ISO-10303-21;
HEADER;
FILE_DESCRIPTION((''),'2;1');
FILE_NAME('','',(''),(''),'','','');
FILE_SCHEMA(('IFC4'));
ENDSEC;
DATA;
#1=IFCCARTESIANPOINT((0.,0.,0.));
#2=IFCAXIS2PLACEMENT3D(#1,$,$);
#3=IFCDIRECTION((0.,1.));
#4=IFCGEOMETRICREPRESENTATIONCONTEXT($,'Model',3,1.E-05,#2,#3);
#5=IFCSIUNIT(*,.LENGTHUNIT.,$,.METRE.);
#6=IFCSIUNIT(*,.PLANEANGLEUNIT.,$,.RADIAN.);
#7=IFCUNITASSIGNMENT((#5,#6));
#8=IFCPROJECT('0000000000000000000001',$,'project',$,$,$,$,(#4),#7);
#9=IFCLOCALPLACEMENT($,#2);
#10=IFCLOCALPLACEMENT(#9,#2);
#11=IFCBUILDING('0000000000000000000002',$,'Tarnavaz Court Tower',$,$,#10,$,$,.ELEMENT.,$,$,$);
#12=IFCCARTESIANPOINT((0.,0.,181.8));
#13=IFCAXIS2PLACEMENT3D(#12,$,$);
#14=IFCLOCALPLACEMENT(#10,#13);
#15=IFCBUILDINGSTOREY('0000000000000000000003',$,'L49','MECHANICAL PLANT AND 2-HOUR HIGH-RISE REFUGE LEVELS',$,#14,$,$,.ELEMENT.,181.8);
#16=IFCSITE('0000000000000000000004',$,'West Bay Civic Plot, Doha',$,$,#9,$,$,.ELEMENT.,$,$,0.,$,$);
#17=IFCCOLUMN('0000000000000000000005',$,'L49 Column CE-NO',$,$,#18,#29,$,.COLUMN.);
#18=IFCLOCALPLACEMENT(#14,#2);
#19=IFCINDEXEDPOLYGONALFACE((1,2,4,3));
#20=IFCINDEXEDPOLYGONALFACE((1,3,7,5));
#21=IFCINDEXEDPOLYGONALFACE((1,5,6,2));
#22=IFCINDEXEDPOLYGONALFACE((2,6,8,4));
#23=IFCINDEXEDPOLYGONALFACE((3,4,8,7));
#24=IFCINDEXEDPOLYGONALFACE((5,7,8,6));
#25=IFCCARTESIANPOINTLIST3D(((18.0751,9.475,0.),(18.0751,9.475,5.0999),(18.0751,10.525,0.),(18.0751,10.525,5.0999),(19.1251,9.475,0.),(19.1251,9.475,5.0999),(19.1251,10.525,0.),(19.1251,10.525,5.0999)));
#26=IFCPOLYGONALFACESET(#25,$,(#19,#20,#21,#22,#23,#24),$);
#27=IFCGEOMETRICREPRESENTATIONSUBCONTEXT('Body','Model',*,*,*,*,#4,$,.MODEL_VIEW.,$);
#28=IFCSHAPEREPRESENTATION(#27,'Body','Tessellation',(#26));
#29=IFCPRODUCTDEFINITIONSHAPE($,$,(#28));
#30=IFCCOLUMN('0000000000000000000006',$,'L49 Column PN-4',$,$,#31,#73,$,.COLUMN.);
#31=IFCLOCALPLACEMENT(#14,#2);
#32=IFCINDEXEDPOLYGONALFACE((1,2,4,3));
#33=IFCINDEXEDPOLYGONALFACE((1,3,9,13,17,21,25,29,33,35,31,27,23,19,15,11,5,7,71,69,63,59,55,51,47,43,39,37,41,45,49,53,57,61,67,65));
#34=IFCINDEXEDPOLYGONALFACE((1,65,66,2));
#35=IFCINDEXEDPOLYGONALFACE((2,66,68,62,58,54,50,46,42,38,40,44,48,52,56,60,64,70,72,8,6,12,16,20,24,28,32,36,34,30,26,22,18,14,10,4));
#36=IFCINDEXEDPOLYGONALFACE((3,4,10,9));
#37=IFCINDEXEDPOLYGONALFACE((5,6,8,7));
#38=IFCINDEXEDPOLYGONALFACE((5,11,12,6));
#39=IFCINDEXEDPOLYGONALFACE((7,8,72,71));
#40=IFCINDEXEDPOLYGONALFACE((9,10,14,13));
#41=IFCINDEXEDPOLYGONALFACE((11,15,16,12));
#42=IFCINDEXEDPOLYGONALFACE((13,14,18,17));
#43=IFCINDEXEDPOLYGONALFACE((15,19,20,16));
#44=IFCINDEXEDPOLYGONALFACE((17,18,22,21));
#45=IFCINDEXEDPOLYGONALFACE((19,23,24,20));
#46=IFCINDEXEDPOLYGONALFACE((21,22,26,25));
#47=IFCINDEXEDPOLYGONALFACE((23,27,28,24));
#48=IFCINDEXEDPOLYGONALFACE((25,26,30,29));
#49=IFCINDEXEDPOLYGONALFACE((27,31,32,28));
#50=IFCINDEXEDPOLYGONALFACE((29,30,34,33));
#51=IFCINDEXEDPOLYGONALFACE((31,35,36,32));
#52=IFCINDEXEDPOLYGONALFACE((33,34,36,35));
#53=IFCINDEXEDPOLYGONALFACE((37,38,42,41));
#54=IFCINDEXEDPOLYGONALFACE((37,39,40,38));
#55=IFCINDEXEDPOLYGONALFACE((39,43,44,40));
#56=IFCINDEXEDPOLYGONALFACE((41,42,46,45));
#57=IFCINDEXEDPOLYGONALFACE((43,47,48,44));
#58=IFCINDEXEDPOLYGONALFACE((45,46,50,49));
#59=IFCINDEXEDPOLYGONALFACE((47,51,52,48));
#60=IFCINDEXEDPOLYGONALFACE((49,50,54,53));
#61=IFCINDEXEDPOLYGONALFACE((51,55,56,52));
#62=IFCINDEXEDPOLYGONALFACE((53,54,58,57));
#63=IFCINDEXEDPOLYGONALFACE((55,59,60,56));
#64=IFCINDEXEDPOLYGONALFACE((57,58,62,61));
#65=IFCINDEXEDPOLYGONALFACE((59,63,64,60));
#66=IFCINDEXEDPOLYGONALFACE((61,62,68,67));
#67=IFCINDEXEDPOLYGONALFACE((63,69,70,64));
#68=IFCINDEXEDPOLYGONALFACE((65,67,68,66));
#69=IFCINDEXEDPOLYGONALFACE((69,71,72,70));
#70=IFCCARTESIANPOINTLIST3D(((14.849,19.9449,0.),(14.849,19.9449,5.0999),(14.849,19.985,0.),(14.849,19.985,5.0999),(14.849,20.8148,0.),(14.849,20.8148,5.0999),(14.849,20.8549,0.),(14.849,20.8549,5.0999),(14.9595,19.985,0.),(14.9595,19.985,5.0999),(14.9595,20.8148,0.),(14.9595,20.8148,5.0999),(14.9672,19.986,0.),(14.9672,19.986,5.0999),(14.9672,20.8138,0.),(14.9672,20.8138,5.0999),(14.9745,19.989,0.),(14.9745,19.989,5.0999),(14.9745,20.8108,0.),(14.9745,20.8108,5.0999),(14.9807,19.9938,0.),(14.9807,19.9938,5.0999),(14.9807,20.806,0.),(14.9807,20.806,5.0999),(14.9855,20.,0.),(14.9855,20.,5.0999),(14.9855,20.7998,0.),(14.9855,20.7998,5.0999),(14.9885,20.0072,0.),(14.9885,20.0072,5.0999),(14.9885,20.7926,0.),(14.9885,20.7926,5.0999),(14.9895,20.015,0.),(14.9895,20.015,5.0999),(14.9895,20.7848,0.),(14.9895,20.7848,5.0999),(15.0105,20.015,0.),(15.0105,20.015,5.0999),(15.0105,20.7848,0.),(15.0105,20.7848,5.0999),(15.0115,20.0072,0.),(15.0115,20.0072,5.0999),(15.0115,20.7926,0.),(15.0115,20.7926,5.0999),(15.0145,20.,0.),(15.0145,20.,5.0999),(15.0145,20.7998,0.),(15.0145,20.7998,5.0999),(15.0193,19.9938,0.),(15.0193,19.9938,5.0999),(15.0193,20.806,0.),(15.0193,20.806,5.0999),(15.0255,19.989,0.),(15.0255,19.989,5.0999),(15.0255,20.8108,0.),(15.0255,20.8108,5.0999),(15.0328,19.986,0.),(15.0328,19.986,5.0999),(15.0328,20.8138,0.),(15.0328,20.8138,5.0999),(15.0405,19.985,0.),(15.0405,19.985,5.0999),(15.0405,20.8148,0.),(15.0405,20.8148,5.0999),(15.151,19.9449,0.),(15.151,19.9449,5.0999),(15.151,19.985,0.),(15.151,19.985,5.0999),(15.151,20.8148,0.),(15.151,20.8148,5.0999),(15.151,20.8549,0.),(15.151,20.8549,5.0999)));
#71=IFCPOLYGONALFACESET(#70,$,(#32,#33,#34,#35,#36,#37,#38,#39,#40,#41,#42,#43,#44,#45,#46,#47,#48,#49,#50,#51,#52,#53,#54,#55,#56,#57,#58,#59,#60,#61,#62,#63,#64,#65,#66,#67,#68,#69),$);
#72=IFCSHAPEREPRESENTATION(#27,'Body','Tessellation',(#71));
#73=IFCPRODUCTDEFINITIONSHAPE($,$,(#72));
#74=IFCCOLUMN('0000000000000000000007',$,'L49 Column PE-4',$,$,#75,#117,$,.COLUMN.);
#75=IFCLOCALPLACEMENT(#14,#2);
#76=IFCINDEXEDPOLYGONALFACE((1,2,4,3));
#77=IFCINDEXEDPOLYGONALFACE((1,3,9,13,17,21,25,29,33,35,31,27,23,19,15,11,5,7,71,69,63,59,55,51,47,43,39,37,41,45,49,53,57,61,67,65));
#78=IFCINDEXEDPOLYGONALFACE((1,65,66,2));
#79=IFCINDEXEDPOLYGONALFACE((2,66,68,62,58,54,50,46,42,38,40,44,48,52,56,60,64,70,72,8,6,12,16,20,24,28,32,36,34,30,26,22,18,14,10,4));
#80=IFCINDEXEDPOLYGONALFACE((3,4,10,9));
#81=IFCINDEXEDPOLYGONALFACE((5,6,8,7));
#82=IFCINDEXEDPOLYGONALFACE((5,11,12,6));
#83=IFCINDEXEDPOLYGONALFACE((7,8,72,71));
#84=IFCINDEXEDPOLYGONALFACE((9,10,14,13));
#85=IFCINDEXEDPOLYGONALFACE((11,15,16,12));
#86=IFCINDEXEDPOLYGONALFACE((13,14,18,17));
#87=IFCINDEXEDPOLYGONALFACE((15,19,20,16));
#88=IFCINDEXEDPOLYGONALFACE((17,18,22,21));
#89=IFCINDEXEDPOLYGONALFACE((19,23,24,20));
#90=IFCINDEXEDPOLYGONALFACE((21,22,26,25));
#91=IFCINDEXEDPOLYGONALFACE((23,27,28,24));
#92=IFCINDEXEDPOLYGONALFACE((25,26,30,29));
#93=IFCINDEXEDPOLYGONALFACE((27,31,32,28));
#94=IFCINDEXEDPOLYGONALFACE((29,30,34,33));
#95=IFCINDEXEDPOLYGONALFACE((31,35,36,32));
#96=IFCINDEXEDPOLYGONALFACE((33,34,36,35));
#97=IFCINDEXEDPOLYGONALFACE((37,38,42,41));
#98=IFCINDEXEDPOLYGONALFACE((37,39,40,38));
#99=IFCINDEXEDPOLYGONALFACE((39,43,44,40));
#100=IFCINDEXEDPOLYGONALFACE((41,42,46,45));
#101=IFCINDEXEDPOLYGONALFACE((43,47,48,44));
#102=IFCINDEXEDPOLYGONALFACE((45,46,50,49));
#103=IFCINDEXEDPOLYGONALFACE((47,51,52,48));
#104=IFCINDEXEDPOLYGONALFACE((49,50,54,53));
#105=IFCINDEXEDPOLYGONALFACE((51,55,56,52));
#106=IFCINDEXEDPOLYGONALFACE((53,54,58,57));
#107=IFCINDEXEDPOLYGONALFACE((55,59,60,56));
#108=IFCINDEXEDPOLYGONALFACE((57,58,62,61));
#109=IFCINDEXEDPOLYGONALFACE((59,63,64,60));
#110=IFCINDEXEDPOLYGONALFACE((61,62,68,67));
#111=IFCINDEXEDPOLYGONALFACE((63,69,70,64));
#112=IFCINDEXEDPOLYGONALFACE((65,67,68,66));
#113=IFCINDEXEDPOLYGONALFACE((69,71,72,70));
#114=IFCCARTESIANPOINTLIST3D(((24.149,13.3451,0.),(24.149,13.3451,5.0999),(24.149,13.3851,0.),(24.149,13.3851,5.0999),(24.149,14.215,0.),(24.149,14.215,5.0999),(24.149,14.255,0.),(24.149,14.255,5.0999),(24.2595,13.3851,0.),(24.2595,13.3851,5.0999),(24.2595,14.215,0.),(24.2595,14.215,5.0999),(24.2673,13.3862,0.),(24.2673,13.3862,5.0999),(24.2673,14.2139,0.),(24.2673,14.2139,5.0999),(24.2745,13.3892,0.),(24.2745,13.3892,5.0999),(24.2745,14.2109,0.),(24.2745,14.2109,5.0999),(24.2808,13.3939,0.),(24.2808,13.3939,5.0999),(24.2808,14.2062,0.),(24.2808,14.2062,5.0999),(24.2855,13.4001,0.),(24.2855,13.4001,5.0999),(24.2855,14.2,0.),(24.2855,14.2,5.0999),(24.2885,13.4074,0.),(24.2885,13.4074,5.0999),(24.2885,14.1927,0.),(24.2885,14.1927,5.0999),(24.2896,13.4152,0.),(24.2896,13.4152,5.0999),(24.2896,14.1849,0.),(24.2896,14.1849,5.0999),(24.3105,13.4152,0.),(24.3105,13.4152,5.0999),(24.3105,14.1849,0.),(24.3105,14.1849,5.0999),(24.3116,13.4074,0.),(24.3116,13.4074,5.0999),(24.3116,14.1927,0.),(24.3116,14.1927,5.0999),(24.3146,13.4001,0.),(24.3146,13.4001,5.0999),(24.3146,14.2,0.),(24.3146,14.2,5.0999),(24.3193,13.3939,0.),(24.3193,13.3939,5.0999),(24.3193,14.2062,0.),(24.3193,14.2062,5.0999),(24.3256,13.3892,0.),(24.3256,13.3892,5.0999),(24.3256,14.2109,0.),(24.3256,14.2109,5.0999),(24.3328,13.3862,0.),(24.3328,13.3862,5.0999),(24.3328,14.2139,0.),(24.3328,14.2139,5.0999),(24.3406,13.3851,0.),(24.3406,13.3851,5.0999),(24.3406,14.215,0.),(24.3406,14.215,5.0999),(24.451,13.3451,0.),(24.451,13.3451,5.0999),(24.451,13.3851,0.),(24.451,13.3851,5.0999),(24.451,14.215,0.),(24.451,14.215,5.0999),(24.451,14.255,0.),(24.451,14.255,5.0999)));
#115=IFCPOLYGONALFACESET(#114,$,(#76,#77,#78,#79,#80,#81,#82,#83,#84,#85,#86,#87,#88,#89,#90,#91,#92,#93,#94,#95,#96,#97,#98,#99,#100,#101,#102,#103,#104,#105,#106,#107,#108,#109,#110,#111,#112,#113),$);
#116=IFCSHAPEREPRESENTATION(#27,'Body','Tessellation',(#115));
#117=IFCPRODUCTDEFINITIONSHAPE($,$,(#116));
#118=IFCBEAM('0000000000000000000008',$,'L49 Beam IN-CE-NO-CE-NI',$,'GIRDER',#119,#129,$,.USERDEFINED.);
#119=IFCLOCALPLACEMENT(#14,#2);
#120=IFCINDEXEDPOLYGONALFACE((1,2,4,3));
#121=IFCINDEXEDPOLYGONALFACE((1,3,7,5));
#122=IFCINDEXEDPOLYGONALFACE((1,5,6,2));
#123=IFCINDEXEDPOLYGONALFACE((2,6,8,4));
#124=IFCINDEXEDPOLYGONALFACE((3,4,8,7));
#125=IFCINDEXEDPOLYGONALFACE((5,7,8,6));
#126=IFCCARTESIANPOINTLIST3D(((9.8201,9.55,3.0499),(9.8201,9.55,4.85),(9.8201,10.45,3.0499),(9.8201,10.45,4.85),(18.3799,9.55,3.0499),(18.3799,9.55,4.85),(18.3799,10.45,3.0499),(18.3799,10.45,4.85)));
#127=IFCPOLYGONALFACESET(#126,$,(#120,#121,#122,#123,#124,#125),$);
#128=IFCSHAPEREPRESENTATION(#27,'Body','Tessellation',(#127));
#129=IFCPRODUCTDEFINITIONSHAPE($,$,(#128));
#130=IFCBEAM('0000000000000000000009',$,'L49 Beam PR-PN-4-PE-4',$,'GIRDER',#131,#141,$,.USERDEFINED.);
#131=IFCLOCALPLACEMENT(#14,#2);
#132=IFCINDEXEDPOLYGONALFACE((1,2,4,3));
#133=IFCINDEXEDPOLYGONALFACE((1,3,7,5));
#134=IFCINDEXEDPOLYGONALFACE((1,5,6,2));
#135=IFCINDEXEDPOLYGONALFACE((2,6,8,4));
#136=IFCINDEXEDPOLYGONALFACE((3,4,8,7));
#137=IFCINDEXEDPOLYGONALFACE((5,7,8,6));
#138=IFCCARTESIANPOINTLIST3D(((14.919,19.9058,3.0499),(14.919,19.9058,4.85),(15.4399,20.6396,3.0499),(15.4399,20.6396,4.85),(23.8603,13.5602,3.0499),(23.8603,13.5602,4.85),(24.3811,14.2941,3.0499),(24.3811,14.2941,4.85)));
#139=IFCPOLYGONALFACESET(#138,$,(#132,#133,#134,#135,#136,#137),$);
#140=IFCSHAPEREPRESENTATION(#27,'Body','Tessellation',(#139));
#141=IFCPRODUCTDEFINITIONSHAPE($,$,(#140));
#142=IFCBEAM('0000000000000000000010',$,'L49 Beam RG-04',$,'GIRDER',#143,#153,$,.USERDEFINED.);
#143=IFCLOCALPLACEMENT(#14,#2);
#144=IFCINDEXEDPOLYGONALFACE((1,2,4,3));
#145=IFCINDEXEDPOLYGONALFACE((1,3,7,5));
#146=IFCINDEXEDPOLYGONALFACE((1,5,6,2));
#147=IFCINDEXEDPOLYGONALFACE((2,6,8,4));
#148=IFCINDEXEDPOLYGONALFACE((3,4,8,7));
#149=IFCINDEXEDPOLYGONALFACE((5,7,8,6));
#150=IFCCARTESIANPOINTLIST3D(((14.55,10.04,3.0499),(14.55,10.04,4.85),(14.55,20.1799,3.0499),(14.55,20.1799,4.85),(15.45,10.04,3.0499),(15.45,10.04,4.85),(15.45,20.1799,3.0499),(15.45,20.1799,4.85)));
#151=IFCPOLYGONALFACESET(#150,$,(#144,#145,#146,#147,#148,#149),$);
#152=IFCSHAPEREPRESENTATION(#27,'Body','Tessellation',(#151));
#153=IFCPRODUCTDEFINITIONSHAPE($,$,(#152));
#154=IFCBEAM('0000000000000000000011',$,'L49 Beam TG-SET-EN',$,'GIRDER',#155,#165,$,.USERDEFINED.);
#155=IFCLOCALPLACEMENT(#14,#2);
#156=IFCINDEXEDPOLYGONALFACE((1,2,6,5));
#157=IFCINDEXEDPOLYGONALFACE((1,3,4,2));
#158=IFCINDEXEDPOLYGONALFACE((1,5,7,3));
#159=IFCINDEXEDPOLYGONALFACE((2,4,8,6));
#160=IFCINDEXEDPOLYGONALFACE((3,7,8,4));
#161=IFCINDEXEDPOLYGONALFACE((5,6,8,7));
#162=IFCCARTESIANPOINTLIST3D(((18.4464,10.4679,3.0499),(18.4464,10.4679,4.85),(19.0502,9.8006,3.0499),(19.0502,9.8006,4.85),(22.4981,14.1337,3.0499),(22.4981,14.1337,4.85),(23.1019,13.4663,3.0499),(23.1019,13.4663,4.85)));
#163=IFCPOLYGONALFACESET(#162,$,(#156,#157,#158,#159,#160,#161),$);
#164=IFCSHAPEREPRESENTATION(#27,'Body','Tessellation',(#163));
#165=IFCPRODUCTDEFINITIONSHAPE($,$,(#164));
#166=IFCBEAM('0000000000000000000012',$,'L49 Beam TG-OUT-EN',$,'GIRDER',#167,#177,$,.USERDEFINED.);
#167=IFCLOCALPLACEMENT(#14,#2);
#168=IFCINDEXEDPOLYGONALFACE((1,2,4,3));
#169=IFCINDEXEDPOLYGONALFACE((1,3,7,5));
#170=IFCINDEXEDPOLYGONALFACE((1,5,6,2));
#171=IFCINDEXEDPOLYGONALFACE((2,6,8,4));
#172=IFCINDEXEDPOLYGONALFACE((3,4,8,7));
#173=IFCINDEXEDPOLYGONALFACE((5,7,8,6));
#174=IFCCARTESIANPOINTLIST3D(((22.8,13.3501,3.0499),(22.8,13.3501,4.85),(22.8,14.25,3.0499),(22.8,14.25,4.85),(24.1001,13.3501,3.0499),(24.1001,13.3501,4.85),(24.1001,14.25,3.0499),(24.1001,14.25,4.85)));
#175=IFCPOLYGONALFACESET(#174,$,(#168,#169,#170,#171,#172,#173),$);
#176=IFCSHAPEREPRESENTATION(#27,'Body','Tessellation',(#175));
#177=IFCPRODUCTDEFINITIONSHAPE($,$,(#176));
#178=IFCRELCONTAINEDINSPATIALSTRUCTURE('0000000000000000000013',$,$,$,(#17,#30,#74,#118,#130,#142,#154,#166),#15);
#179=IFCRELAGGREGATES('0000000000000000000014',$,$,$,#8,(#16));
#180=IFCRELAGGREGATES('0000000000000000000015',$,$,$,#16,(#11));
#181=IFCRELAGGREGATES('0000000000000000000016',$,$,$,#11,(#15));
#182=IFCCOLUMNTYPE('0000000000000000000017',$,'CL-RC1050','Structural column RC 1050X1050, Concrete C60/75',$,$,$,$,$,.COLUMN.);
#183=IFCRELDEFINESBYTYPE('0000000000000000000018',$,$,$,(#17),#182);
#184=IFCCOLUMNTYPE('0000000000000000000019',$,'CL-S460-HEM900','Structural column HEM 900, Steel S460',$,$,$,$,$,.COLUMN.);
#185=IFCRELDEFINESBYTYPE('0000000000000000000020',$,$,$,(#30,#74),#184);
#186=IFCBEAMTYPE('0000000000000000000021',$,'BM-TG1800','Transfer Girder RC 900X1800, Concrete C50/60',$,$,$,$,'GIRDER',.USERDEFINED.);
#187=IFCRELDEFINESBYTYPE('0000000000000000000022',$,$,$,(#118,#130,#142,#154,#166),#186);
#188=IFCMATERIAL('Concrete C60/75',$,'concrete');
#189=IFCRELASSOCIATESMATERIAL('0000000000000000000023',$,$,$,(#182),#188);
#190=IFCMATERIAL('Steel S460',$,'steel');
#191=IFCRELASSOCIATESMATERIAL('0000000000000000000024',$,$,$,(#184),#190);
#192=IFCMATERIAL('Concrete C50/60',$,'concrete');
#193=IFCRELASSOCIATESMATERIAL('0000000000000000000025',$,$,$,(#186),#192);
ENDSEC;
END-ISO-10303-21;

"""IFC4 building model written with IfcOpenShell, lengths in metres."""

from ifc_helpers import new_model, si_unit, direction, frame, origin, origin_2d, place, context, subcontext, project, spatial, rectangle, i_section, extrude, material, material_profile, profile_set, type_object, element, save


model = new_model("IFC4")

# Units and contexts
model_context = context("Model", 3, precision=1e-05, world=origin(), true_north=direction((0.0, 1.0)))
body_context = subcontext(model_context, "Body", "Model", "MODEL_VIEW")
ifc_project = project(units=[si_unit("LENGTHUNIT", "METRE"), si_unit("PLANEANGLEUNIT", "RADIAN")], contexts=[model_context])

# Site, building, storey
site_placement = place(None, origin())
site = spatial("IfcSite", under=ifc_project, at=site_placement, Name="West Bay Civic Plot, Doha", CompositionType="ELEMENT", RefElevation=0.0)
building_placement = place(site_placement, origin())
building = spatial("IfcBuilding", under=site, at=building_placement, Name="Tarnavaz Court Tower", CompositionType="ELEMENT")
storey_placement = place(building_placement, frame((0.0, 0.0, 181.8)))
storey = spatial("IfcBuildingStorey", under=building, at=storey_placement, Name="L49", Description="MECHANICAL PLANT AND 2-HOUR HIGH-RISE REFUGE LEVELS", CompositionType="ELEMENT", Elevation=181.8)

# Columns
ifc_material_1 = material(Name="Concrete C60/75", Category="concrete")
ifc_material_profile_1 = material_profile(ifc_material_1, rectangle(XDim=1.05, YDim=1.05, at=origin_2d()), Name="RC 1050X1050")
ifc_profile_set_1 = profile_set([ifc_material_profile_1], Name="Concrete C60/75")
column_type_1 = type_object("IfcColumnType", Name="CL-RC1050", Description="Structural column RC 1050X1050, Concrete C60/75", PredefinedType="COLUMN", material=ifc_profile_set_1)
column_placement = place(storey_placement, frame((18.6001, 10.0, 0.0), z_axis=(0.0, 0.0, 1.0), x_axis=(1.0, 0.0, 0.0)))
element("IfcColumn", 1, at=column_placement, inside=storey, type_object=column_type_1, Name="L49 Column CE-NO", PredefinedType="COLUMN", context=body_context, shape_type="SweptSolid", body=[
    extrude(rectangle(XDim=1.05, YDim=1.05, at=origin_2d()), origin(), (0.0, 0.0, 1.0), 5.0999),
])
ifc_material_2 = material(Name="Steel S460", Category="steel")
ifc_material_profile_2 = material_profile(ifc_material_2, i_section(OverallWidth=0.302, OverallDepth=0.9099, WebThickness=0.021, FlangeThickness=0.04, FilletRadius=0.03, at=origin_2d()), Name="HEM 900")
ifc_profile_set_2 = profile_set([ifc_material_profile_2], Name="Steel S460")
column_type_2 = type_object("IfcColumnType", Name="CL-S460-HEM900", Description="Structural column HEM 900, Steel S460", PredefinedType="COLUMN", material=ifc_profile_set_2)
for number, where, z_axis, x_axis, name in (
    (2, (15.0, 20.3999, 0.0), (0.0, 0.0, 1.0), (1.0, 0.0, 0.0), "L49 Column PN-4"),
    (3, (24.3, 13.8, 0.0), (0.0, 0.0, 1.0), (1.0, 0.0, 0.0), "L49 Column PE-4"),
):
    element("IfcColumn", number, at=place(storey_placement, frame(where, z_axis=z_axis, x_axis=x_axis)), inside=storey, type_object=column_type_2, Name=name, PredefinedType="COLUMN", context=body_context, shape_type="SweptSolid", body=[
        extrude(i_section(OverallWidth=0.302, OverallDepth=0.9099, WebThickness=0.021, FlangeThickness=0.04, FilletRadius=0.03, at=origin_2d()), origin(), (0.0, 0.0, 1.0), 5.0999),
    ])

# Beams
ifc_material_3 = material(Name="Concrete C50/60", Category="concrete")
ifc_material_profile_3 = material_profile(ifc_material_3, rectangle(XDim=0.8999, YDim=1.8, at=origin_2d()), Name="RC 900X1800")
ifc_profile_set_3 = profile_set([ifc_material_profile_3], Name="Concrete C50/60")
beam_type = type_object("IfcBeamType", Name="BM-TG1800", Description="Transfer Girder RC 900X1800, Concrete C50/60", ElementType="GIRDER", PredefinedType="USERDEFINED", material=ifc_profile_set_3)
beam_1_placement = place(storey_placement, frame((18.3799, 10.0, 3.95), z_axis=(-1.0, 0.0, 0.0), x_axis=(0.0, -1.0, 0.0)))
element("IfcBeam", 4, at=beam_1_placement, inside=storey, type_object=beam_type, Name="L49 Beam IN-CE-NO-CE-NI", ObjectType="GIRDER", PredefinedType="USERDEFINED", context=body_context, shape_type="SweptSolid", body=[
    extrude(rectangle(XDim=0.8999, YDim=1.8, at=origin_2d()), origin(), (0.0, 0.0, 1.0), 8.5598),
])
beam_2_placement = place(storey_placement, frame((15.1794, 20.2727, 3.95), z_axis=(0.815502, -0.578754, 0.0), x_axis=(0.578754, 0.815502, 0.0)))
element("IfcBeam", 5, at=beam_2_placement, inside=storey, type_object=beam_type, Name="L49 Beam PR-PN-4-PE-4", ObjectType="GIRDER", PredefinedType="USERDEFINED", context=body_context, shape_type="SweptSolid", body=[
    extrude(rectangle(XDim=0.8999, YDim=1.8, at=origin_2d()), origin(), (0.0, 0.0, 1.0), 10.9641),
])
beam_3_placement = place(storey_placement, frame((15.0, 10.04, 3.95), z_axis=(0.0, 1.0, 0.0), x_axis=(-1.0, 0.0, 0.0)))
element("IfcBeam", 6, at=beam_3_placement, inside=storey, type_object=beam_type, Name="L49 Beam RG-04", ObjectType="GIRDER", PredefinedType="USERDEFINED", context=body_context, shape_type="SweptSolid", body=[
    extrude(rectangle(XDim=0.8999, YDim=1.8, at=origin_2d()), origin(), (0.0, 0.0, 1.0), 10.1399),
])
beam_4_placement = place(storey_placement, frame((18.7483, 10.1343, 3.95), z_axis=(0.741545, 0.670903, 0.0), x_axis=(-0.670903, 0.741545, 0.0)))
element("IfcBeam", 7, at=beam_4_placement, inside=storey, type_object=beam_type, Name="L49 Beam TG-SET-EN", ObjectType="GIRDER", PredefinedType="USERDEFINED", context=body_context, shape_type="SweptSolid", body=[
    extrude(rectangle(XDim=0.8999, YDim=1.8, at=origin_2d()), origin(), (0.0, 0.0, 1.0), 5.4639),
])
beam_5_placement = place(storey_placement, frame((22.8, 13.8, 3.95), z_axis=(1.0, 0.0, 0.0), x_axis=(0.0, 1.0, 0.0)))
element("IfcBeam", 8, at=beam_5_placement, inside=storey, type_object=beam_type, Name="L49 Beam TG-OUT-EN", ObjectType="GIRDER", PredefinedType="USERDEFINED", context=body_context, shape_type="SweptSolid", body=[
    extrude(rectangle(XDim=0.8999, YDim=1.8, at=origin_2d()), origin(), (0.0, 0.0, 1.0), 1.3),
])

save(model, "model.ifc")
